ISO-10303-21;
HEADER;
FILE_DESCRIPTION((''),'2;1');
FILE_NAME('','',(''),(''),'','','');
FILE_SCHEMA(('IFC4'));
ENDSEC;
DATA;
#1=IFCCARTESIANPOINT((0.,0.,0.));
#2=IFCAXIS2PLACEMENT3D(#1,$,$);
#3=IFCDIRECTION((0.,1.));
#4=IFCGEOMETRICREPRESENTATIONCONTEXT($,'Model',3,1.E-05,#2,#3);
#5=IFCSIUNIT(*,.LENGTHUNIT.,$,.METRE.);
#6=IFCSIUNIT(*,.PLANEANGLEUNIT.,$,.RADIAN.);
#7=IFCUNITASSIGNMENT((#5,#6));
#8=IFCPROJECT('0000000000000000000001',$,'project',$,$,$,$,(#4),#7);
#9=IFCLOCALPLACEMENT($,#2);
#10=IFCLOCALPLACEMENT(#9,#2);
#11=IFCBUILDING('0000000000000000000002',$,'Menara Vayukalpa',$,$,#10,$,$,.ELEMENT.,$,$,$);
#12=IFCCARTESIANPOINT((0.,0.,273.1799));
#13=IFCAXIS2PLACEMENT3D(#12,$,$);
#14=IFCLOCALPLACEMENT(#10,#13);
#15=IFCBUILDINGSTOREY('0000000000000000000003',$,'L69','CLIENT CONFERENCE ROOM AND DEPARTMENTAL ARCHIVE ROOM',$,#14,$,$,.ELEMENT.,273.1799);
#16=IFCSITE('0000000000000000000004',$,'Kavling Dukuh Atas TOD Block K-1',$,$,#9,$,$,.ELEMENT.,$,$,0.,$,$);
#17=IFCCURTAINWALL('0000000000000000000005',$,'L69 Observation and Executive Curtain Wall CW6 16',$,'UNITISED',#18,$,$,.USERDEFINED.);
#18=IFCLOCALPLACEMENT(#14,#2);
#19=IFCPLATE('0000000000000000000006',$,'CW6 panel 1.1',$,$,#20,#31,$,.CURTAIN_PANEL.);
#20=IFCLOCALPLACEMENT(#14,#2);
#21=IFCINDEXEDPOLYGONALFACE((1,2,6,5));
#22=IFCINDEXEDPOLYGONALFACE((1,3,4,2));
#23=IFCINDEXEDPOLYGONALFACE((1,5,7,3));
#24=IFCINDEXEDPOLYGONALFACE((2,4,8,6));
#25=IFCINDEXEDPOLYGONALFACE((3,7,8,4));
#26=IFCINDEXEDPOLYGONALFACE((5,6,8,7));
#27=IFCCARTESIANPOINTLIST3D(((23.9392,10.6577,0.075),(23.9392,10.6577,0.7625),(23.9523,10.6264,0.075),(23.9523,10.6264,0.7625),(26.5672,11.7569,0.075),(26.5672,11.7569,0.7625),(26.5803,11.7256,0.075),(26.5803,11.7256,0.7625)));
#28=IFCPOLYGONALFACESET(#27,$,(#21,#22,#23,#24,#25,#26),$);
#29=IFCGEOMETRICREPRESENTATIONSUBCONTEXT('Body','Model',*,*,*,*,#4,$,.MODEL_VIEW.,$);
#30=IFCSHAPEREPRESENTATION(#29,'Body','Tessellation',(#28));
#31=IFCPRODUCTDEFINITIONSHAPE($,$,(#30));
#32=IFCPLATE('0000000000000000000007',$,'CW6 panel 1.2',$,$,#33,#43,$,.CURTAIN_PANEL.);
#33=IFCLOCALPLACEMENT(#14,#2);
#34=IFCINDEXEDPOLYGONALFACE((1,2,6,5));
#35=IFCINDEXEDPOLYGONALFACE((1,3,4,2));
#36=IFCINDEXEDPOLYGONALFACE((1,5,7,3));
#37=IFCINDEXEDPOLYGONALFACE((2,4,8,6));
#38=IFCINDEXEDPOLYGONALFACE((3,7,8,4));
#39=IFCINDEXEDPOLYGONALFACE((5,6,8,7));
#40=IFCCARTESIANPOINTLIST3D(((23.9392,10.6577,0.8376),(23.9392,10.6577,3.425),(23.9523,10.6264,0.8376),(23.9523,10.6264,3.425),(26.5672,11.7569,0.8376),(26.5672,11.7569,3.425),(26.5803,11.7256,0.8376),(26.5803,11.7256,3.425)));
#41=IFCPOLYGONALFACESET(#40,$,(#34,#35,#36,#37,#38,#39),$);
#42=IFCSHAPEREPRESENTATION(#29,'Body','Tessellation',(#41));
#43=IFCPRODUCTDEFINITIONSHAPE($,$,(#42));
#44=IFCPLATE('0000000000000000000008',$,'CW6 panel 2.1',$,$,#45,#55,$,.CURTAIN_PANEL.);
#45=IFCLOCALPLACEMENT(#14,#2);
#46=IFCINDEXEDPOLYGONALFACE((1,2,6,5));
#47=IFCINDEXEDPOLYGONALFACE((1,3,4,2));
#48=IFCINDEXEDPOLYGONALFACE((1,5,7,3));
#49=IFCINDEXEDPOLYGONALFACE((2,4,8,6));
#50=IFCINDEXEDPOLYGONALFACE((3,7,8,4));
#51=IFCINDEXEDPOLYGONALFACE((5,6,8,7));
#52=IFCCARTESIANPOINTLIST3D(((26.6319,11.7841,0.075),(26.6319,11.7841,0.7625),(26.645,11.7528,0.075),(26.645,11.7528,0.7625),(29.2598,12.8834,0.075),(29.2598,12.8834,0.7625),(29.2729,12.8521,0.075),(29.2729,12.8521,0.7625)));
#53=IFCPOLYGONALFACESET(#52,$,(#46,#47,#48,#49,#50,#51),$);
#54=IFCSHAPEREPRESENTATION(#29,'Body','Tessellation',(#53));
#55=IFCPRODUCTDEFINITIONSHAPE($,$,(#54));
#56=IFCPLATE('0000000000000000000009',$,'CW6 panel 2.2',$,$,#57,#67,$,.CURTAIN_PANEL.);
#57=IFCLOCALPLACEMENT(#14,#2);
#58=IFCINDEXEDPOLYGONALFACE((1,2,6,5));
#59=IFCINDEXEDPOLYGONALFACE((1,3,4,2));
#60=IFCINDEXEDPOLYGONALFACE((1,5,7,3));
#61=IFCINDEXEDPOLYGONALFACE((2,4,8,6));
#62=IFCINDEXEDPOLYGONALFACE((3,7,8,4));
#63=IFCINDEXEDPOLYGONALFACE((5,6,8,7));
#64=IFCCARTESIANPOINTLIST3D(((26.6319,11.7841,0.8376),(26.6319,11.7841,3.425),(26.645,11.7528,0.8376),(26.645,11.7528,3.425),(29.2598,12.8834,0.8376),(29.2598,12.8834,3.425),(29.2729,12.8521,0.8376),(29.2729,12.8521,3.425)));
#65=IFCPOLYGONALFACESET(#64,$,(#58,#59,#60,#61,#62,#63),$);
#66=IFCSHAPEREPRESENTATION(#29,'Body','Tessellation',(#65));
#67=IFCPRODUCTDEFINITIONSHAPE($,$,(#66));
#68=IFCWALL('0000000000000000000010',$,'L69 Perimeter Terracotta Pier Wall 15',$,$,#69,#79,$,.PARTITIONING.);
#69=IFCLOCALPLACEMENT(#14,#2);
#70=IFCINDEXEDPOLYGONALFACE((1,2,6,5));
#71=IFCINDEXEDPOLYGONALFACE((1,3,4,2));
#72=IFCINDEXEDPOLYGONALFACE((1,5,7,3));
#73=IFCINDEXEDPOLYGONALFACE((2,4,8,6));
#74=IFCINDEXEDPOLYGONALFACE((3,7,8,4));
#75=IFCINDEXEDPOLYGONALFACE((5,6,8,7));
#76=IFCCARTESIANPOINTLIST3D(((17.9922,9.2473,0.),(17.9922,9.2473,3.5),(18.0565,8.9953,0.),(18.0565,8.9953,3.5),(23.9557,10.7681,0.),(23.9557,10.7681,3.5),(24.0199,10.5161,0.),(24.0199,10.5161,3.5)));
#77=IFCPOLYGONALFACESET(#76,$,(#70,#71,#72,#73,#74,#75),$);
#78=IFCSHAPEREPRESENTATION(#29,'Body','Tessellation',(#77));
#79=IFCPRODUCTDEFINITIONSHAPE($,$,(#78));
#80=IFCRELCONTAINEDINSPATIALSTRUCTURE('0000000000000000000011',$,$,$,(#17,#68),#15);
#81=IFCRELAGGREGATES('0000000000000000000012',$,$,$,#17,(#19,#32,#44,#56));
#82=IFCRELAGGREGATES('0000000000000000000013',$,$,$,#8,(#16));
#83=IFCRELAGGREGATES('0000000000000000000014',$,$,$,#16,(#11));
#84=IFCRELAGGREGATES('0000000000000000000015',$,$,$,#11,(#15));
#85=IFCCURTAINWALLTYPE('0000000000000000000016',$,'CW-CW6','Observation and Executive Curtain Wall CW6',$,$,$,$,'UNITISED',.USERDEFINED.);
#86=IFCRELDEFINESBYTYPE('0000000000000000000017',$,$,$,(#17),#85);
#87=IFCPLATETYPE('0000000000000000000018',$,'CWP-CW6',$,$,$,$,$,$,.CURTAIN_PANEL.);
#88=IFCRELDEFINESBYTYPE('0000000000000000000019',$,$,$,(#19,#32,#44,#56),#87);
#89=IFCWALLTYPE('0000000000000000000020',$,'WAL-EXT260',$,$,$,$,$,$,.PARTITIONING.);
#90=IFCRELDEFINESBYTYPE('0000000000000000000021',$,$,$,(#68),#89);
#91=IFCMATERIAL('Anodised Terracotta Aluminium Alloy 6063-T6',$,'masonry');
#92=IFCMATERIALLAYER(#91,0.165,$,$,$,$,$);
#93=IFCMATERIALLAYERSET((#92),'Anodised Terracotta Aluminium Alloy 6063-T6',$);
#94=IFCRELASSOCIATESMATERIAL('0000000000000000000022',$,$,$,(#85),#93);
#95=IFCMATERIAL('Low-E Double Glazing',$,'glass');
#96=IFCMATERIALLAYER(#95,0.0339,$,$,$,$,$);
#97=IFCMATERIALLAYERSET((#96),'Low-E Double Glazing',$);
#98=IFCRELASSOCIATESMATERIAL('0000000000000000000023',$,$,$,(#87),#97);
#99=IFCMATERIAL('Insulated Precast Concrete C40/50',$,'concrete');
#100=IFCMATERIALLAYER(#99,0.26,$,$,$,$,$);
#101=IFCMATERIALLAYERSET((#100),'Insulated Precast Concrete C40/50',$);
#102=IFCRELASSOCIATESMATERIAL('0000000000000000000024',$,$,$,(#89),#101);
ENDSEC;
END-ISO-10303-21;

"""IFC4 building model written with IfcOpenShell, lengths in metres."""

from ifc_helpers import new_model, si_unit, direction, frame, frame_2d, origin, origin_2d, place, context, subcontext, project, spatial, rectangle, extrude, material, layer, layer_set, type_object, element, aggregate, save


model = new_model("IFC4")

# Units and contexts
model_context = context("Model", 3, precision=1e-05, world=origin(), true_north=direction((0.0, 1.0)))
body_context = subcontext(model_context, "Body", "Model", "MODEL_VIEW")
ifc_project = project(units=[si_unit("LENGTHUNIT", "METRE"), si_unit("PLANEANGLEUNIT", "RADIAN")], contexts=[model_context])

# Site, building, storey
site_placement = place(None, origin())
site = spatial("IfcSite", under=ifc_project, at=site_placement, Name="Kavling Dukuh Atas TOD Block K-1", CompositionType="ELEMENT", RefElevation=0.0)
building_placement = place(site_placement, origin())
building = spatial("IfcBuilding", under=site, at=building_placement, Name="Menara Vayukalpa", CompositionType="ELEMENT")
storey_placement = place(building_placement, frame((0.0, 0.0, 273.1799)))
storey = spatial("IfcBuildingStorey", under=building, at=storey_placement, Name="L69", Description="CLIENT CONFERENCE ROOM AND DEPARTMENTAL ARCHIVE ROOM", CompositionType="ELEMENT", Elevation=273.1799)

# Curtain wall, plates
ifc_material_1 = material(Name="Anodised Terracotta Aluminium Alloy 6063-T6", Category="masonry")
ifc_layer_1 = layer(ifc_material_1, 0.165)
ifc_layer_set_1 = layer_set([ifc_layer_1], Name="Anodised Terracotta Aluminium Alloy 6063-T6")
curtain_wall_type = type_object("IfcCurtainWallType", Name="CW-CW6", Description="Observation and Executive Curtain Wall CW6", ElementType="UNITISED", PredefinedType="USERDEFINED", material=ifc_layer_set_1)
curtain_wall_placement = place(storey_placement, origin())
curtain_wall = element("IfcCurtainWall", 1, at=curtain_wall_placement, inside=storey, type_object=curtain_wall_type, Name="L69 Observation and Executive Curtain Wall CW6 16", ObjectType="UNITISED", PredefinedType="USERDEFINED")
ifc_material_2 = material(Name="Low-E Double Glazing", Category="glass")
ifc_layer_2 = layer(ifc_material_2, 0.0339)
ifc_layer_set_2 = layer_set([ifc_layer_2], Name="Low-E Double Glazing")
plate_type = type_object("IfcPlateType", Name="CWP-CW6", PredefinedType="CURTAIN_PANEL", material=ifc_layer_set_2)
plate_1_placement = place(storey_placement, frame((25.2598, 11.1917, 0.075), z_axis=(0.0, 0.0, 1.0), x_axis=(0.922541, 0.3859, 0.0)))
plate_1 = element("IfcPlate", 2, at=plate_1_placement, type_object=plate_type, Name="CW6 panel 1.1", PredefinedType="CURTAIN_PANEL", context=body_context, shape_type="SweptSolid", body=[
    extrude(rectangle(XDim=2.8486, YDim=0.0339, at=origin_2d()), origin(), (0.0, 0.0, 1.0), 0.6875),
])
plate_2_placement = place(storey_placement, frame((25.2598, 11.1917, 0.8376), z_axis=(0.0, 0.0, 1.0), x_axis=(0.922541, 0.3859, 0.0)))
plate_2 = element("IfcPlate", 3, at=plate_2_placement, type_object=plate_type, Name="CW6 panel 1.2", PredefinedType="CURTAIN_PANEL", context=body_context, shape_type="SweptSolid", body=[
    extrude(rectangle(XDim=2.8486, YDim=0.0339, at=origin_2d()), origin(), (0.0, 0.0, 1.0), 2.5874),
])
plate_3_placement = place(storey_placement, frame((27.9524, 12.3181, 0.075), z_axis=(0.0, 0.0, 1.0), x_axis=(0.922541, 0.3859, 0.0)))
plate_3 = element("IfcPlate", 4, at=plate_3_placement, type_object=plate_type, Name="CW6 panel 2.1", PredefinedType="CURTAIN_PANEL", context=body_context, shape_type="SweptSolid", body=[
    extrude(rectangle(XDim=2.8486, YDim=0.0339, at=origin_2d()), origin(), (0.0, 0.0, 1.0), 0.6875),
])
plate_4_placement = place(storey_placement, frame((27.9524, 12.3181, 0.8376), z_axis=(0.0, 0.0, 1.0), x_axis=(0.922541, 0.3859, 0.0)))
plate_4 = element("IfcPlate", 5, at=plate_4_placement, type_object=plate_type, Name="CW6 panel 2.2", PredefinedType="CURTAIN_PANEL", context=body_context, shape_type="SweptSolid", body=[
    extrude(rectangle(XDim=2.8486, YDim=0.0339, at=origin_2d()), origin(), (0.0, 0.0, 1.0), 2.5874),
])
aggregate(curtain_wall, [plate_1, plate_2, plate_3, plate_4])

# Wall
ifc_material_3 = material(Name="Insulated Precast Concrete C40/50", Category="concrete")
ifc_layer_3 = layer(ifc_material_3, 0.26)
ifc_layer_set_3 = layer_set([ifc_layer_3], Name="Insulated Precast Concrete C40/50")
wall_type = type_object("IfcWallType", Name="WAL-EXT260", PredefinedType="PARTITIONING", material=ifc_layer_set_3)
wall_placement = place(storey_placement, frame((23.9878, 10.6421, 0.0), z_axis=(0.0, 0.0, 1.0), x_axis=(-0.968988, -0.247107, 0.0)))
element("IfcWall", 6, at=wall_placement, inside=storey, type_object=wall_type, Name="L69 Perimeter Terracotta Pier Wall 15", PredefinedType="PARTITIONING", context=body_context, shape_type="SweptSolid", body=[
    extrude(rectangle(XDim=6.1543, YDim=0.26, at=frame_2d((3.0771, 0.0))), origin(), (0.0, 0.0, 1.0), 3.5),
])

save(model, "model.ifc")
